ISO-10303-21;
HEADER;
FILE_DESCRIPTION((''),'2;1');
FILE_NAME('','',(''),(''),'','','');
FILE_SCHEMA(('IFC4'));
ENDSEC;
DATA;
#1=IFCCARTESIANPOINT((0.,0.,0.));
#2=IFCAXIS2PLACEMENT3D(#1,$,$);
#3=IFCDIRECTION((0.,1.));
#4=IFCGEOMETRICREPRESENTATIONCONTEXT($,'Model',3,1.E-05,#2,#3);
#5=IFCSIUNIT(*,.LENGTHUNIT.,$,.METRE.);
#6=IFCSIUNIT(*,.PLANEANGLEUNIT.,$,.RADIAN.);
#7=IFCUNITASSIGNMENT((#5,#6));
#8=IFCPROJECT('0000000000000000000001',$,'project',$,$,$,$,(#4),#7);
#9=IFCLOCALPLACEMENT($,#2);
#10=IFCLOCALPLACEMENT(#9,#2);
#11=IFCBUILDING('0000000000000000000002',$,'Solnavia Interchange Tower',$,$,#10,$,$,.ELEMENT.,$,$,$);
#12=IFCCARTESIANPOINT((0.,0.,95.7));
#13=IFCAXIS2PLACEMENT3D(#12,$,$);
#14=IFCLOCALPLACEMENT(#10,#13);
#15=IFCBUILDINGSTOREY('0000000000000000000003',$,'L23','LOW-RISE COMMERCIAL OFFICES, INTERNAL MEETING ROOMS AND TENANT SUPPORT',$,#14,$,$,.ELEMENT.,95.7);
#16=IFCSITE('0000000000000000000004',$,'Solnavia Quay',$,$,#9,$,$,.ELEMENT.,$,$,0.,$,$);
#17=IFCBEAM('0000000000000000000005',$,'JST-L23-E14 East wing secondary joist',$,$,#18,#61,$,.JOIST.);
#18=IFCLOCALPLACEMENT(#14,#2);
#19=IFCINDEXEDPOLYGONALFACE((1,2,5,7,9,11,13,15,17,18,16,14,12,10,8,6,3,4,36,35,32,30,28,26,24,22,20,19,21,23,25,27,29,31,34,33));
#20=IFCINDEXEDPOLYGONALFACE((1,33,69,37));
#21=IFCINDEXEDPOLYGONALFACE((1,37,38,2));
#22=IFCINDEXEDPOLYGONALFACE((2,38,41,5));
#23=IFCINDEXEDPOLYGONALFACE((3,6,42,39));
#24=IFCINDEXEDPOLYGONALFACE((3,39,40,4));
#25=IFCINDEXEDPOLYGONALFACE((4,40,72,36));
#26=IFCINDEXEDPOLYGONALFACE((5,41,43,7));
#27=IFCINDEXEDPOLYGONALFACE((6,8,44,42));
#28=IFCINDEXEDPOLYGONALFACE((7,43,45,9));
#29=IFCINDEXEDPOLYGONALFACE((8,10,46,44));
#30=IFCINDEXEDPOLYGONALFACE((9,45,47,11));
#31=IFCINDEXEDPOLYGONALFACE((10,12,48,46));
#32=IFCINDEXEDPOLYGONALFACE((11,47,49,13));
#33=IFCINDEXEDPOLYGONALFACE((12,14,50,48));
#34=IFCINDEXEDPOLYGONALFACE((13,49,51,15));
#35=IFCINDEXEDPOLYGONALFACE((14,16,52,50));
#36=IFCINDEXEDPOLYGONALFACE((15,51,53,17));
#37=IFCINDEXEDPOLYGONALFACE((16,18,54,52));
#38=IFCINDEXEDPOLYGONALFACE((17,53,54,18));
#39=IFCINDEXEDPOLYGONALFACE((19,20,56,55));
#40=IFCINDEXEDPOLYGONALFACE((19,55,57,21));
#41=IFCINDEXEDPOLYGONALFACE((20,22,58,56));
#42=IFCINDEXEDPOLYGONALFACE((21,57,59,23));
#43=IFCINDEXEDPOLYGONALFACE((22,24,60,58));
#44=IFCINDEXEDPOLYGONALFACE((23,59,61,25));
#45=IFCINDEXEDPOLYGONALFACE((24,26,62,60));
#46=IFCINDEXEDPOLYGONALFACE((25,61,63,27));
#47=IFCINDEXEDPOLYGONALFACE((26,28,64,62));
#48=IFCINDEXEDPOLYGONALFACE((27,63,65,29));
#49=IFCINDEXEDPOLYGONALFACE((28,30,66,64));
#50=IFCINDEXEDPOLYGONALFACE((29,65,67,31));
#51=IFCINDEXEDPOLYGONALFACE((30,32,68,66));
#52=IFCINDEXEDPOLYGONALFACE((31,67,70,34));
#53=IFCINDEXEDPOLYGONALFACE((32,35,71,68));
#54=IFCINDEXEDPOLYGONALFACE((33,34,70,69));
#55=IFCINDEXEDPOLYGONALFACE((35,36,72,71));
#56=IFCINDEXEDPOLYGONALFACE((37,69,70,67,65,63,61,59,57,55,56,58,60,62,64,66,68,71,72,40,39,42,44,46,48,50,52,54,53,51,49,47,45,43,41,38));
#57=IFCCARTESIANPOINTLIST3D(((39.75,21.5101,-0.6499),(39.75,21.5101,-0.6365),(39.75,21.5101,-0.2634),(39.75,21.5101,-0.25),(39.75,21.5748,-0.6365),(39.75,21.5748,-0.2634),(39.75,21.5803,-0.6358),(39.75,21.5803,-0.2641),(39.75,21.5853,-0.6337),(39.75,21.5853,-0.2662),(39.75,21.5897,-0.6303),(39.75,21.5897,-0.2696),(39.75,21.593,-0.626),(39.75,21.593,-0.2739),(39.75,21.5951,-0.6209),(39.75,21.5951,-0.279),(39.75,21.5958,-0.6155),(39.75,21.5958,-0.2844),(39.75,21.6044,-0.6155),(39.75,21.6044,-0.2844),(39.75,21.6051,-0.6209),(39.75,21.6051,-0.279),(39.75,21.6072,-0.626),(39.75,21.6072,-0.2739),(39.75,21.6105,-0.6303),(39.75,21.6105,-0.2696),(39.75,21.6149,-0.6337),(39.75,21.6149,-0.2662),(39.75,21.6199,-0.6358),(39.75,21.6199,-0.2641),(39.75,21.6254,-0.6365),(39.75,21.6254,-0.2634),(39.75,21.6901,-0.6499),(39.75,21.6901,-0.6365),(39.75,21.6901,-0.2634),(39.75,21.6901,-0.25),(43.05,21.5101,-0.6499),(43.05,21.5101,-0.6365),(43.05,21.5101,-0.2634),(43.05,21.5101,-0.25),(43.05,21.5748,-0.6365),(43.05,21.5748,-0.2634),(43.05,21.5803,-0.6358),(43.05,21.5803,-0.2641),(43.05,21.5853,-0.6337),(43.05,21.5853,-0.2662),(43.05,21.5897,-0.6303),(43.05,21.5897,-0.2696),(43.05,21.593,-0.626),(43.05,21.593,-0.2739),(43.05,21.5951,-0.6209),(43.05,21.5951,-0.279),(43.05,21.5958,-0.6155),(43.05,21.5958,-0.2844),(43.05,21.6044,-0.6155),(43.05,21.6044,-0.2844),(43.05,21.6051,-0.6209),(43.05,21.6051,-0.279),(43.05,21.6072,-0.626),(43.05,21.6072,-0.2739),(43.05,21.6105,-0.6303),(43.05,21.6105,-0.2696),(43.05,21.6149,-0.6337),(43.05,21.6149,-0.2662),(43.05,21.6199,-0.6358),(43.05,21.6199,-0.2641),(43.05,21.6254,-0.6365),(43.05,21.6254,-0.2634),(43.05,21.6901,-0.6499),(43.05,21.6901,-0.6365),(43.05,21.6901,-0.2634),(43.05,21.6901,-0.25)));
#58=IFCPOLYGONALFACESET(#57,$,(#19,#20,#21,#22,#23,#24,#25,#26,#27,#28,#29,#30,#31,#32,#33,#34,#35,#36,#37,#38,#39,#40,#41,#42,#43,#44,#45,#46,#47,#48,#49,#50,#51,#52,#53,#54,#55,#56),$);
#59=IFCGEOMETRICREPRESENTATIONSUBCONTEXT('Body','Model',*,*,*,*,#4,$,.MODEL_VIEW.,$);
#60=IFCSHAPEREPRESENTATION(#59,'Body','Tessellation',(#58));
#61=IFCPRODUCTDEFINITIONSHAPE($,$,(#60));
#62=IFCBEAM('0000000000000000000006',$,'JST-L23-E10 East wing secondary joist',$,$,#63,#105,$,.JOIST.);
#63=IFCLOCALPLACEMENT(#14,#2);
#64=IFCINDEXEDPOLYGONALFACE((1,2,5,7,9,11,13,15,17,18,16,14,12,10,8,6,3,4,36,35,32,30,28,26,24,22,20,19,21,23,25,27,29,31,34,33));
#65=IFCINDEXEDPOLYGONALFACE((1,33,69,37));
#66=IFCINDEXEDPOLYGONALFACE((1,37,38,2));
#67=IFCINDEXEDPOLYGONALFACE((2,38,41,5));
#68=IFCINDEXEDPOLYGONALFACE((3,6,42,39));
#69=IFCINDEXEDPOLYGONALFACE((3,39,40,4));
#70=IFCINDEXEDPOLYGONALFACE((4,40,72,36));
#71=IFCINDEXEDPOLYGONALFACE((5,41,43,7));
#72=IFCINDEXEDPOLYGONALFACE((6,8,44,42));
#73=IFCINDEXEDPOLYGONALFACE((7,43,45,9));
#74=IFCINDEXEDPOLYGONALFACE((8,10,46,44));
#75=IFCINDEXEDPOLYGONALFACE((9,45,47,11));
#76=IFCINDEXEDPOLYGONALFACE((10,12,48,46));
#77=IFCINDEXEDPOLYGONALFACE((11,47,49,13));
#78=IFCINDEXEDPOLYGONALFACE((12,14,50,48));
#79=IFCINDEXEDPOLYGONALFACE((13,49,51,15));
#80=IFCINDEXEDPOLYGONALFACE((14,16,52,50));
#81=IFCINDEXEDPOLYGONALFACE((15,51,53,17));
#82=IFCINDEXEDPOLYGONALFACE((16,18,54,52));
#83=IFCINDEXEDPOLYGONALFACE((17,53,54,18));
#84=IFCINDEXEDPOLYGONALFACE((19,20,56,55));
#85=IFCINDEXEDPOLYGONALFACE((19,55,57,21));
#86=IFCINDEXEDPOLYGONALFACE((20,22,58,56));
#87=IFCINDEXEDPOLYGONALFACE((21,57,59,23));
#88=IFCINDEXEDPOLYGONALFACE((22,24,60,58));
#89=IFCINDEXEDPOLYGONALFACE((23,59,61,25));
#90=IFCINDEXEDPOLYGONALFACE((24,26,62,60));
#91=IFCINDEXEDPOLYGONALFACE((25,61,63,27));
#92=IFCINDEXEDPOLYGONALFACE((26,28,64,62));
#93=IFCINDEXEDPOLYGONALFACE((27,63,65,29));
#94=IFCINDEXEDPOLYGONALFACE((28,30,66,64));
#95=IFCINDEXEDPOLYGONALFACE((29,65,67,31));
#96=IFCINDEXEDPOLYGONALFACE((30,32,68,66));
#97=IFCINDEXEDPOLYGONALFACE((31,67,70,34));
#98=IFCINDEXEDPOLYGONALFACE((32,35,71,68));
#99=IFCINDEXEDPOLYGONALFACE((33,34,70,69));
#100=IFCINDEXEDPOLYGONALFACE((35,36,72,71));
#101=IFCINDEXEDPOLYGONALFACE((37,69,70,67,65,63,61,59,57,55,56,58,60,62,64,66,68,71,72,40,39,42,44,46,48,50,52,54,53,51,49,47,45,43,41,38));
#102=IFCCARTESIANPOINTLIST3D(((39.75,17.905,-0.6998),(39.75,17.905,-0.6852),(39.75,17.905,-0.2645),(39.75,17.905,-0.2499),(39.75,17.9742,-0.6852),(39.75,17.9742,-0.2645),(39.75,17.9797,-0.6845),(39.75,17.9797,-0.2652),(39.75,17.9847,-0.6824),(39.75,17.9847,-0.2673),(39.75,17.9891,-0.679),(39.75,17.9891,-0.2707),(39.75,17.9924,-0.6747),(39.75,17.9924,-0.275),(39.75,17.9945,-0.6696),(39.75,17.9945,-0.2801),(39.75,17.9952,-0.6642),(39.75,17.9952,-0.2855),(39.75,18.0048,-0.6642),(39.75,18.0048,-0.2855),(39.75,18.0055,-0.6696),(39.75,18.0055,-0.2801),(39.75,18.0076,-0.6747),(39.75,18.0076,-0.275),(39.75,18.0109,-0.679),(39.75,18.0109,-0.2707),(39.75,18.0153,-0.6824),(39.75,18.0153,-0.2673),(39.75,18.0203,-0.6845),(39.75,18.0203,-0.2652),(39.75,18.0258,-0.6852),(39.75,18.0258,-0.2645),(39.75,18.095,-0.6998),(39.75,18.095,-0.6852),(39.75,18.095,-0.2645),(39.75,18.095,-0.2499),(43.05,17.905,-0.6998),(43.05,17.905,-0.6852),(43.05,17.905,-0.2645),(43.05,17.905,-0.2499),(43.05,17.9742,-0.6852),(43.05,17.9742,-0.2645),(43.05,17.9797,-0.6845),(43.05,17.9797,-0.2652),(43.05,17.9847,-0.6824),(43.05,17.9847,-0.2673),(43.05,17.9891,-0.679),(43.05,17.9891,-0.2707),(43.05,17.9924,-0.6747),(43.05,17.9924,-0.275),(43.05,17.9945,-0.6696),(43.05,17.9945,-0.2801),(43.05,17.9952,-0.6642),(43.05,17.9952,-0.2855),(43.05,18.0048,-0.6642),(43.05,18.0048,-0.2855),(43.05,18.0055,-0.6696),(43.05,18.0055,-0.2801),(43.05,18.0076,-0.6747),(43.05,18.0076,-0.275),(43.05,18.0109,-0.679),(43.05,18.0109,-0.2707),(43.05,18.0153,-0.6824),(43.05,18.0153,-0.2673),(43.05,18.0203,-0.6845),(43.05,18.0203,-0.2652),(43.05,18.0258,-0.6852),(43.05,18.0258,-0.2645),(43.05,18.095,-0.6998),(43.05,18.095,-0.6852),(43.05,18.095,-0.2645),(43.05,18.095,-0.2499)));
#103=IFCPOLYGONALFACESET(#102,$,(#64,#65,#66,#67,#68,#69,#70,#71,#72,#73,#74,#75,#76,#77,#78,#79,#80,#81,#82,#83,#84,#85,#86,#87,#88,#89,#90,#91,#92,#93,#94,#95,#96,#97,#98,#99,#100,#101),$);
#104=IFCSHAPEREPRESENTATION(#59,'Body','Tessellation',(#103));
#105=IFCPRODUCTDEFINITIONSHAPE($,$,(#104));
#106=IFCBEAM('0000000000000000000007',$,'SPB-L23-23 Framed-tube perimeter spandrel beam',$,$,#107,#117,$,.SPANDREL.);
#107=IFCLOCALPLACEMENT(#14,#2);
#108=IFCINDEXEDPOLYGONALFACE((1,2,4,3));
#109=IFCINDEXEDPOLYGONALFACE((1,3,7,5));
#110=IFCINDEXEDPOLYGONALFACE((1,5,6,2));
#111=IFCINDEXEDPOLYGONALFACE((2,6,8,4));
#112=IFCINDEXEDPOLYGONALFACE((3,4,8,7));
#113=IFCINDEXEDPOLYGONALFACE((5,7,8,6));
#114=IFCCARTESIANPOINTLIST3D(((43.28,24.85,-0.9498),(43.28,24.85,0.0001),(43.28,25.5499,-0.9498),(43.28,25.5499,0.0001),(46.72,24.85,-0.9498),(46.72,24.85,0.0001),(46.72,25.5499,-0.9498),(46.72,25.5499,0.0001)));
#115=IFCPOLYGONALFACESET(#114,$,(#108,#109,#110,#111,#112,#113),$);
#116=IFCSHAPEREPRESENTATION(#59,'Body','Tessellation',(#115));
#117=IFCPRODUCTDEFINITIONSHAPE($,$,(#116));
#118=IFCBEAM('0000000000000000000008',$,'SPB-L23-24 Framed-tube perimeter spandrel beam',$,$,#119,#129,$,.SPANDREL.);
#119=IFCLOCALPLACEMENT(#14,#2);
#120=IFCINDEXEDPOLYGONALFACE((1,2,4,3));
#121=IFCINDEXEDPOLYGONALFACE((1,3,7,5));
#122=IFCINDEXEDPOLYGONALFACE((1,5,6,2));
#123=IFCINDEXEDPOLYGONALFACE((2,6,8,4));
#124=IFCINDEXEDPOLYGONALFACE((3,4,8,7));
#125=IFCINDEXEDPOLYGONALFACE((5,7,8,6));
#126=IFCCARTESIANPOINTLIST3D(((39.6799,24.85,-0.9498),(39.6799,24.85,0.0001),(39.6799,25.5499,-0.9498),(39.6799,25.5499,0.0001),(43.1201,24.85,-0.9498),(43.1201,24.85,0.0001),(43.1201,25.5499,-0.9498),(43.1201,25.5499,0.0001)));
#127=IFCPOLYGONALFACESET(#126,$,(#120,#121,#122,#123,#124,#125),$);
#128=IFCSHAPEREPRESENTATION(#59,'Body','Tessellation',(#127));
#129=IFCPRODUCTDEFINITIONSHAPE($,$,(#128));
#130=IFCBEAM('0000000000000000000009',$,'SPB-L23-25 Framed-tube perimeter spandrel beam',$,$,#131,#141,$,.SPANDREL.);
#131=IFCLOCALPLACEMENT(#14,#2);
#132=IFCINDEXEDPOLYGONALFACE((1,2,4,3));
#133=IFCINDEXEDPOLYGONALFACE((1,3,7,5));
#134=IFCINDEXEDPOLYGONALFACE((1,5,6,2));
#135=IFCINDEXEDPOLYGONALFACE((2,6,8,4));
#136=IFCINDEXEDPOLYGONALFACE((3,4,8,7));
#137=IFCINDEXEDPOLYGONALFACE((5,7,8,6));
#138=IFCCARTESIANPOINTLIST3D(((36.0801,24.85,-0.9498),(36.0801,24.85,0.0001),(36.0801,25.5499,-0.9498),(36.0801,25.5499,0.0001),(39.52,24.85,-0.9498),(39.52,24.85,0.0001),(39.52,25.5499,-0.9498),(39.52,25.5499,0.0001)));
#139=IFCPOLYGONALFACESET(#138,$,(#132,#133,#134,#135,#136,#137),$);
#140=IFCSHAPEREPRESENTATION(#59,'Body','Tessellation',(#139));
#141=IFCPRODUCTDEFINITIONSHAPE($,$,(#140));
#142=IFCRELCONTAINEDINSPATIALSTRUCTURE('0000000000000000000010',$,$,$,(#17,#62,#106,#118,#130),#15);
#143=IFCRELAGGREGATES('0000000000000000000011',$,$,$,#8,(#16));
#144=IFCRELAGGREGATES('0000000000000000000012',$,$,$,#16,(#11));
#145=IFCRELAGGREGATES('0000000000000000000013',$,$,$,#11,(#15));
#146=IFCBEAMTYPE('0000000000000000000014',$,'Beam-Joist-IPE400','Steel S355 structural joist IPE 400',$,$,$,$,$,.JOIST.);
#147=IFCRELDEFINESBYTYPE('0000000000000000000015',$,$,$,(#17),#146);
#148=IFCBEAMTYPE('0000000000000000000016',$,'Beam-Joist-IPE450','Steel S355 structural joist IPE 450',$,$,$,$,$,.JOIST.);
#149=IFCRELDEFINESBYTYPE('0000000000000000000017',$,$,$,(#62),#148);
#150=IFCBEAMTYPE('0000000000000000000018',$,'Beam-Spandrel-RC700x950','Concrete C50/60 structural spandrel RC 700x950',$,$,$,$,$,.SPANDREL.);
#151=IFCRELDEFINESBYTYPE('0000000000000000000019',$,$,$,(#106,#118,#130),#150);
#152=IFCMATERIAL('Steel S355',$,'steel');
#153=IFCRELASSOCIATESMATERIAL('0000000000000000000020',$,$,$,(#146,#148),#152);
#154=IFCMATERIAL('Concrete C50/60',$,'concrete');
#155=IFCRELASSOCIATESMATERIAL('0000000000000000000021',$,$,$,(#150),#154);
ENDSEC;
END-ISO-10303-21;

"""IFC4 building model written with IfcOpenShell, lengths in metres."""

from ifc_helpers import new_model, si_unit, direction, frame, origin, origin_2d, place, context, subcontext, project, spatial, rectangle, i_section, extrude, material, material_profile, profile_set, type_object, element, save


model = new_model("IFC4")

# Units and contexts
model_context = context("Model", 3, precision=1e-05, world=origin(), true_north=direction((0.0, 1.0)))
body_context = subcontext(model_context, "Body", "Model", "MODEL_VIEW")
ifc_project = project(units=[si_unit("LENGTHUNIT", "METRE"), si_unit("PLANEANGLEUNIT", "RADIAN")], contexts=[model_context])

# Site, building, storey
site_placement = place(None, origin())
site = spatial("IfcSite", under=ifc_project, at=site_placement, Name="Solnavia Quay", CompositionType="ELEMENT", RefElevation=0.0)
building_placement = place(site_placement, origin())
building = spatial("IfcBuilding", under=site, at=building_placement, Name="Solnavia Interchange Tower", CompositionType="ELEMENT")
storey_placement = place(building_placement, frame((0.0, 0.0, 95.7)))
storey = spatial("IfcBuildingStorey", under=building, at=storey_placement, Name="L23", Description="LOW-RISE COMMERCIAL OFFICES, INTERNAL MEETING ROOMS AND TENANT SUPPORT", CompositionType="ELEMENT", Elevation=95.7)

# Shared definitions
ifc_material_1 = material(Name="Concrete C50/60", Category="concrete")

# Beams
ifc_material_2 = material(Name="Steel S355", Category="steel")
ifc_material_profile_1 = material_profile(ifc_material_2, i_section(OverallWidth=0.1799, OverallDepth=0.3999, WebThickness=0.0085, FlangeThickness=0.0134, FilletRadius=0.021, at=origin_2d()), Name="IPE 400")
ifc_profile_set_1 = profile_set([ifc_material_profile_1], Name="Steel S355")
beam_type_1 = type_object("IfcBeamType", Name="Beam-Joist-IPE400", Description="Steel S355 structural joist IPE 400", PredefinedType="JOIST", material=ifc_profile_set_1)
beam_1_placement = place(storey_placement, frame((39.75, 21.6001, -0.45), z_axis=(1.0, 0.0, 0.0), x_axis=(0.0, 1.0, 0.0)))
element("IfcBeam", 1, at=beam_1_placement, inside=storey, type_object=beam_type_1, Name="JST-L23-E14 East wing secondary joist", PredefinedType="JOIST", context=body_context, shape_type="SweptSolid", body=[
    extrude(i_section(OverallWidth=0.1799, OverallDepth=0.3999, WebThickness=0.0085, FlangeThickness=0.0134, FilletRadius=0.021, at=origin_2d()), origin(), (0.0, 0.0, 1.0), 3.3),
])
ifc_material_profile_2 = material_profile(ifc_material_2, i_section(OverallWidth=0.1899, OverallDepth=0.45, WebThickness=0.0095, FlangeThickness=0.0146, FilletRadius=0.021, at=origin_2d()), Name="IPE 450")
ifc_profile_set_2 = profile_set([ifc_material_profile_2], Name="Steel S355")
beam_type_2 = type_object("IfcBeamType", Name="Beam-Joist-IPE450", Description="Steel S355 structural joist IPE 450", PredefinedType="JOIST", material=ifc_profile_set_2)
beam_2_placement = place(storey_placement, frame((39.75, 18.0, -0.4749), z_axis=(1.0, 0.0, 0.0), x_axis=(0.0, 1.0, 0.0)))
element("IfcBeam", 2, at=beam_2_placement, inside=storey, type_object=beam_type_2, Name="JST-L23-E10 East wing secondary joist", PredefinedType="JOIST", context=body_context, shape_type="SweptSolid", body=[
    extrude(i_section(OverallWidth=0.1899, OverallDepth=0.45, WebThickness=0.0095, FlangeThickness=0.0146, FilletRadius=0.021, at=origin_2d()), origin(), (0.0, 0.0, 1.0), 3.3),
])
ifc_material_profile_3 = material_profile(ifc_material_1, rectangle(XDim=0.7, YDim=0.95, at=origin_2d()), Name="RC 700x950")
ifc_profile_set_3 = profile_set([ifc_material_profile_3], Name="Concrete C50/60")
beam_type_3 = type_object("IfcBeamType", Name="Beam-Spandrel-RC700x950", Description="Concrete C50/60 structural spandrel RC 700x950", PredefinedType="SPANDREL", material=ifc_profile_set_3)
beam_3_placement = place(storey_placement, frame((46.72, 25.2, -0.4749), z_axis=(-1.0, 0.0, 0.0), x_axis=(0.0, -1.0, 0.0)))
element("IfcBeam", 3, at=beam_3_placement, inside=storey, type_object=beam_type_3, Name="SPB-L23-23 Framed-tube perimeter spandrel beam", PredefinedType="SPANDREL", context=body_context, shape_type="SweptSolid", body=[
    extrude(rectangle(XDim=0.7, YDim=0.95, at=origin_2d()), origin(), (0.0, 0.0, 1.0), 3.4399),
])
beam_4_placement = place(storey_placement, frame((43.1201, 25.2, -0.4749), z_axis=(-1.0, 0.0, 0.0), x_axis=(0.0, -1.0, 0.0)))
element("IfcBeam", 4, at=beam_4_placement, inside=storey, type_object=beam_type_3, Name="SPB-L23-24 Framed-tube perimeter spandrel beam", PredefinedType="SPANDREL", context=body_context, shape_type="SweptSolid", body=[
    extrude(rectangle(XDim=0.7, YDim=0.95, at=origin_2d()), origin(), (0.0, 0.0, 1.0), 3.4402),
])
beam_5_placement = place(storey_placement, frame((39.52, 25.2, -0.4749), z_axis=(-1.0, 0.0, 0.0), x_axis=(0.0, -1.0, 0.0)))
element("IfcBeam", 5, at=beam_5_placement, inside=storey, type_object=beam_type_3, Name="SPB-L23-25 Framed-tube perimeter spandrel beam", PredefinedType="SPANDREL", context=body_context, shape_type="SweptSolid", body=[
    extrude(rectangle(XDim=0.7, YDim=0.95, at=origin_2d()), origin(), (0.0, 0.0, 1.0), 3.4399),
])

save(model, "model.ifc")
